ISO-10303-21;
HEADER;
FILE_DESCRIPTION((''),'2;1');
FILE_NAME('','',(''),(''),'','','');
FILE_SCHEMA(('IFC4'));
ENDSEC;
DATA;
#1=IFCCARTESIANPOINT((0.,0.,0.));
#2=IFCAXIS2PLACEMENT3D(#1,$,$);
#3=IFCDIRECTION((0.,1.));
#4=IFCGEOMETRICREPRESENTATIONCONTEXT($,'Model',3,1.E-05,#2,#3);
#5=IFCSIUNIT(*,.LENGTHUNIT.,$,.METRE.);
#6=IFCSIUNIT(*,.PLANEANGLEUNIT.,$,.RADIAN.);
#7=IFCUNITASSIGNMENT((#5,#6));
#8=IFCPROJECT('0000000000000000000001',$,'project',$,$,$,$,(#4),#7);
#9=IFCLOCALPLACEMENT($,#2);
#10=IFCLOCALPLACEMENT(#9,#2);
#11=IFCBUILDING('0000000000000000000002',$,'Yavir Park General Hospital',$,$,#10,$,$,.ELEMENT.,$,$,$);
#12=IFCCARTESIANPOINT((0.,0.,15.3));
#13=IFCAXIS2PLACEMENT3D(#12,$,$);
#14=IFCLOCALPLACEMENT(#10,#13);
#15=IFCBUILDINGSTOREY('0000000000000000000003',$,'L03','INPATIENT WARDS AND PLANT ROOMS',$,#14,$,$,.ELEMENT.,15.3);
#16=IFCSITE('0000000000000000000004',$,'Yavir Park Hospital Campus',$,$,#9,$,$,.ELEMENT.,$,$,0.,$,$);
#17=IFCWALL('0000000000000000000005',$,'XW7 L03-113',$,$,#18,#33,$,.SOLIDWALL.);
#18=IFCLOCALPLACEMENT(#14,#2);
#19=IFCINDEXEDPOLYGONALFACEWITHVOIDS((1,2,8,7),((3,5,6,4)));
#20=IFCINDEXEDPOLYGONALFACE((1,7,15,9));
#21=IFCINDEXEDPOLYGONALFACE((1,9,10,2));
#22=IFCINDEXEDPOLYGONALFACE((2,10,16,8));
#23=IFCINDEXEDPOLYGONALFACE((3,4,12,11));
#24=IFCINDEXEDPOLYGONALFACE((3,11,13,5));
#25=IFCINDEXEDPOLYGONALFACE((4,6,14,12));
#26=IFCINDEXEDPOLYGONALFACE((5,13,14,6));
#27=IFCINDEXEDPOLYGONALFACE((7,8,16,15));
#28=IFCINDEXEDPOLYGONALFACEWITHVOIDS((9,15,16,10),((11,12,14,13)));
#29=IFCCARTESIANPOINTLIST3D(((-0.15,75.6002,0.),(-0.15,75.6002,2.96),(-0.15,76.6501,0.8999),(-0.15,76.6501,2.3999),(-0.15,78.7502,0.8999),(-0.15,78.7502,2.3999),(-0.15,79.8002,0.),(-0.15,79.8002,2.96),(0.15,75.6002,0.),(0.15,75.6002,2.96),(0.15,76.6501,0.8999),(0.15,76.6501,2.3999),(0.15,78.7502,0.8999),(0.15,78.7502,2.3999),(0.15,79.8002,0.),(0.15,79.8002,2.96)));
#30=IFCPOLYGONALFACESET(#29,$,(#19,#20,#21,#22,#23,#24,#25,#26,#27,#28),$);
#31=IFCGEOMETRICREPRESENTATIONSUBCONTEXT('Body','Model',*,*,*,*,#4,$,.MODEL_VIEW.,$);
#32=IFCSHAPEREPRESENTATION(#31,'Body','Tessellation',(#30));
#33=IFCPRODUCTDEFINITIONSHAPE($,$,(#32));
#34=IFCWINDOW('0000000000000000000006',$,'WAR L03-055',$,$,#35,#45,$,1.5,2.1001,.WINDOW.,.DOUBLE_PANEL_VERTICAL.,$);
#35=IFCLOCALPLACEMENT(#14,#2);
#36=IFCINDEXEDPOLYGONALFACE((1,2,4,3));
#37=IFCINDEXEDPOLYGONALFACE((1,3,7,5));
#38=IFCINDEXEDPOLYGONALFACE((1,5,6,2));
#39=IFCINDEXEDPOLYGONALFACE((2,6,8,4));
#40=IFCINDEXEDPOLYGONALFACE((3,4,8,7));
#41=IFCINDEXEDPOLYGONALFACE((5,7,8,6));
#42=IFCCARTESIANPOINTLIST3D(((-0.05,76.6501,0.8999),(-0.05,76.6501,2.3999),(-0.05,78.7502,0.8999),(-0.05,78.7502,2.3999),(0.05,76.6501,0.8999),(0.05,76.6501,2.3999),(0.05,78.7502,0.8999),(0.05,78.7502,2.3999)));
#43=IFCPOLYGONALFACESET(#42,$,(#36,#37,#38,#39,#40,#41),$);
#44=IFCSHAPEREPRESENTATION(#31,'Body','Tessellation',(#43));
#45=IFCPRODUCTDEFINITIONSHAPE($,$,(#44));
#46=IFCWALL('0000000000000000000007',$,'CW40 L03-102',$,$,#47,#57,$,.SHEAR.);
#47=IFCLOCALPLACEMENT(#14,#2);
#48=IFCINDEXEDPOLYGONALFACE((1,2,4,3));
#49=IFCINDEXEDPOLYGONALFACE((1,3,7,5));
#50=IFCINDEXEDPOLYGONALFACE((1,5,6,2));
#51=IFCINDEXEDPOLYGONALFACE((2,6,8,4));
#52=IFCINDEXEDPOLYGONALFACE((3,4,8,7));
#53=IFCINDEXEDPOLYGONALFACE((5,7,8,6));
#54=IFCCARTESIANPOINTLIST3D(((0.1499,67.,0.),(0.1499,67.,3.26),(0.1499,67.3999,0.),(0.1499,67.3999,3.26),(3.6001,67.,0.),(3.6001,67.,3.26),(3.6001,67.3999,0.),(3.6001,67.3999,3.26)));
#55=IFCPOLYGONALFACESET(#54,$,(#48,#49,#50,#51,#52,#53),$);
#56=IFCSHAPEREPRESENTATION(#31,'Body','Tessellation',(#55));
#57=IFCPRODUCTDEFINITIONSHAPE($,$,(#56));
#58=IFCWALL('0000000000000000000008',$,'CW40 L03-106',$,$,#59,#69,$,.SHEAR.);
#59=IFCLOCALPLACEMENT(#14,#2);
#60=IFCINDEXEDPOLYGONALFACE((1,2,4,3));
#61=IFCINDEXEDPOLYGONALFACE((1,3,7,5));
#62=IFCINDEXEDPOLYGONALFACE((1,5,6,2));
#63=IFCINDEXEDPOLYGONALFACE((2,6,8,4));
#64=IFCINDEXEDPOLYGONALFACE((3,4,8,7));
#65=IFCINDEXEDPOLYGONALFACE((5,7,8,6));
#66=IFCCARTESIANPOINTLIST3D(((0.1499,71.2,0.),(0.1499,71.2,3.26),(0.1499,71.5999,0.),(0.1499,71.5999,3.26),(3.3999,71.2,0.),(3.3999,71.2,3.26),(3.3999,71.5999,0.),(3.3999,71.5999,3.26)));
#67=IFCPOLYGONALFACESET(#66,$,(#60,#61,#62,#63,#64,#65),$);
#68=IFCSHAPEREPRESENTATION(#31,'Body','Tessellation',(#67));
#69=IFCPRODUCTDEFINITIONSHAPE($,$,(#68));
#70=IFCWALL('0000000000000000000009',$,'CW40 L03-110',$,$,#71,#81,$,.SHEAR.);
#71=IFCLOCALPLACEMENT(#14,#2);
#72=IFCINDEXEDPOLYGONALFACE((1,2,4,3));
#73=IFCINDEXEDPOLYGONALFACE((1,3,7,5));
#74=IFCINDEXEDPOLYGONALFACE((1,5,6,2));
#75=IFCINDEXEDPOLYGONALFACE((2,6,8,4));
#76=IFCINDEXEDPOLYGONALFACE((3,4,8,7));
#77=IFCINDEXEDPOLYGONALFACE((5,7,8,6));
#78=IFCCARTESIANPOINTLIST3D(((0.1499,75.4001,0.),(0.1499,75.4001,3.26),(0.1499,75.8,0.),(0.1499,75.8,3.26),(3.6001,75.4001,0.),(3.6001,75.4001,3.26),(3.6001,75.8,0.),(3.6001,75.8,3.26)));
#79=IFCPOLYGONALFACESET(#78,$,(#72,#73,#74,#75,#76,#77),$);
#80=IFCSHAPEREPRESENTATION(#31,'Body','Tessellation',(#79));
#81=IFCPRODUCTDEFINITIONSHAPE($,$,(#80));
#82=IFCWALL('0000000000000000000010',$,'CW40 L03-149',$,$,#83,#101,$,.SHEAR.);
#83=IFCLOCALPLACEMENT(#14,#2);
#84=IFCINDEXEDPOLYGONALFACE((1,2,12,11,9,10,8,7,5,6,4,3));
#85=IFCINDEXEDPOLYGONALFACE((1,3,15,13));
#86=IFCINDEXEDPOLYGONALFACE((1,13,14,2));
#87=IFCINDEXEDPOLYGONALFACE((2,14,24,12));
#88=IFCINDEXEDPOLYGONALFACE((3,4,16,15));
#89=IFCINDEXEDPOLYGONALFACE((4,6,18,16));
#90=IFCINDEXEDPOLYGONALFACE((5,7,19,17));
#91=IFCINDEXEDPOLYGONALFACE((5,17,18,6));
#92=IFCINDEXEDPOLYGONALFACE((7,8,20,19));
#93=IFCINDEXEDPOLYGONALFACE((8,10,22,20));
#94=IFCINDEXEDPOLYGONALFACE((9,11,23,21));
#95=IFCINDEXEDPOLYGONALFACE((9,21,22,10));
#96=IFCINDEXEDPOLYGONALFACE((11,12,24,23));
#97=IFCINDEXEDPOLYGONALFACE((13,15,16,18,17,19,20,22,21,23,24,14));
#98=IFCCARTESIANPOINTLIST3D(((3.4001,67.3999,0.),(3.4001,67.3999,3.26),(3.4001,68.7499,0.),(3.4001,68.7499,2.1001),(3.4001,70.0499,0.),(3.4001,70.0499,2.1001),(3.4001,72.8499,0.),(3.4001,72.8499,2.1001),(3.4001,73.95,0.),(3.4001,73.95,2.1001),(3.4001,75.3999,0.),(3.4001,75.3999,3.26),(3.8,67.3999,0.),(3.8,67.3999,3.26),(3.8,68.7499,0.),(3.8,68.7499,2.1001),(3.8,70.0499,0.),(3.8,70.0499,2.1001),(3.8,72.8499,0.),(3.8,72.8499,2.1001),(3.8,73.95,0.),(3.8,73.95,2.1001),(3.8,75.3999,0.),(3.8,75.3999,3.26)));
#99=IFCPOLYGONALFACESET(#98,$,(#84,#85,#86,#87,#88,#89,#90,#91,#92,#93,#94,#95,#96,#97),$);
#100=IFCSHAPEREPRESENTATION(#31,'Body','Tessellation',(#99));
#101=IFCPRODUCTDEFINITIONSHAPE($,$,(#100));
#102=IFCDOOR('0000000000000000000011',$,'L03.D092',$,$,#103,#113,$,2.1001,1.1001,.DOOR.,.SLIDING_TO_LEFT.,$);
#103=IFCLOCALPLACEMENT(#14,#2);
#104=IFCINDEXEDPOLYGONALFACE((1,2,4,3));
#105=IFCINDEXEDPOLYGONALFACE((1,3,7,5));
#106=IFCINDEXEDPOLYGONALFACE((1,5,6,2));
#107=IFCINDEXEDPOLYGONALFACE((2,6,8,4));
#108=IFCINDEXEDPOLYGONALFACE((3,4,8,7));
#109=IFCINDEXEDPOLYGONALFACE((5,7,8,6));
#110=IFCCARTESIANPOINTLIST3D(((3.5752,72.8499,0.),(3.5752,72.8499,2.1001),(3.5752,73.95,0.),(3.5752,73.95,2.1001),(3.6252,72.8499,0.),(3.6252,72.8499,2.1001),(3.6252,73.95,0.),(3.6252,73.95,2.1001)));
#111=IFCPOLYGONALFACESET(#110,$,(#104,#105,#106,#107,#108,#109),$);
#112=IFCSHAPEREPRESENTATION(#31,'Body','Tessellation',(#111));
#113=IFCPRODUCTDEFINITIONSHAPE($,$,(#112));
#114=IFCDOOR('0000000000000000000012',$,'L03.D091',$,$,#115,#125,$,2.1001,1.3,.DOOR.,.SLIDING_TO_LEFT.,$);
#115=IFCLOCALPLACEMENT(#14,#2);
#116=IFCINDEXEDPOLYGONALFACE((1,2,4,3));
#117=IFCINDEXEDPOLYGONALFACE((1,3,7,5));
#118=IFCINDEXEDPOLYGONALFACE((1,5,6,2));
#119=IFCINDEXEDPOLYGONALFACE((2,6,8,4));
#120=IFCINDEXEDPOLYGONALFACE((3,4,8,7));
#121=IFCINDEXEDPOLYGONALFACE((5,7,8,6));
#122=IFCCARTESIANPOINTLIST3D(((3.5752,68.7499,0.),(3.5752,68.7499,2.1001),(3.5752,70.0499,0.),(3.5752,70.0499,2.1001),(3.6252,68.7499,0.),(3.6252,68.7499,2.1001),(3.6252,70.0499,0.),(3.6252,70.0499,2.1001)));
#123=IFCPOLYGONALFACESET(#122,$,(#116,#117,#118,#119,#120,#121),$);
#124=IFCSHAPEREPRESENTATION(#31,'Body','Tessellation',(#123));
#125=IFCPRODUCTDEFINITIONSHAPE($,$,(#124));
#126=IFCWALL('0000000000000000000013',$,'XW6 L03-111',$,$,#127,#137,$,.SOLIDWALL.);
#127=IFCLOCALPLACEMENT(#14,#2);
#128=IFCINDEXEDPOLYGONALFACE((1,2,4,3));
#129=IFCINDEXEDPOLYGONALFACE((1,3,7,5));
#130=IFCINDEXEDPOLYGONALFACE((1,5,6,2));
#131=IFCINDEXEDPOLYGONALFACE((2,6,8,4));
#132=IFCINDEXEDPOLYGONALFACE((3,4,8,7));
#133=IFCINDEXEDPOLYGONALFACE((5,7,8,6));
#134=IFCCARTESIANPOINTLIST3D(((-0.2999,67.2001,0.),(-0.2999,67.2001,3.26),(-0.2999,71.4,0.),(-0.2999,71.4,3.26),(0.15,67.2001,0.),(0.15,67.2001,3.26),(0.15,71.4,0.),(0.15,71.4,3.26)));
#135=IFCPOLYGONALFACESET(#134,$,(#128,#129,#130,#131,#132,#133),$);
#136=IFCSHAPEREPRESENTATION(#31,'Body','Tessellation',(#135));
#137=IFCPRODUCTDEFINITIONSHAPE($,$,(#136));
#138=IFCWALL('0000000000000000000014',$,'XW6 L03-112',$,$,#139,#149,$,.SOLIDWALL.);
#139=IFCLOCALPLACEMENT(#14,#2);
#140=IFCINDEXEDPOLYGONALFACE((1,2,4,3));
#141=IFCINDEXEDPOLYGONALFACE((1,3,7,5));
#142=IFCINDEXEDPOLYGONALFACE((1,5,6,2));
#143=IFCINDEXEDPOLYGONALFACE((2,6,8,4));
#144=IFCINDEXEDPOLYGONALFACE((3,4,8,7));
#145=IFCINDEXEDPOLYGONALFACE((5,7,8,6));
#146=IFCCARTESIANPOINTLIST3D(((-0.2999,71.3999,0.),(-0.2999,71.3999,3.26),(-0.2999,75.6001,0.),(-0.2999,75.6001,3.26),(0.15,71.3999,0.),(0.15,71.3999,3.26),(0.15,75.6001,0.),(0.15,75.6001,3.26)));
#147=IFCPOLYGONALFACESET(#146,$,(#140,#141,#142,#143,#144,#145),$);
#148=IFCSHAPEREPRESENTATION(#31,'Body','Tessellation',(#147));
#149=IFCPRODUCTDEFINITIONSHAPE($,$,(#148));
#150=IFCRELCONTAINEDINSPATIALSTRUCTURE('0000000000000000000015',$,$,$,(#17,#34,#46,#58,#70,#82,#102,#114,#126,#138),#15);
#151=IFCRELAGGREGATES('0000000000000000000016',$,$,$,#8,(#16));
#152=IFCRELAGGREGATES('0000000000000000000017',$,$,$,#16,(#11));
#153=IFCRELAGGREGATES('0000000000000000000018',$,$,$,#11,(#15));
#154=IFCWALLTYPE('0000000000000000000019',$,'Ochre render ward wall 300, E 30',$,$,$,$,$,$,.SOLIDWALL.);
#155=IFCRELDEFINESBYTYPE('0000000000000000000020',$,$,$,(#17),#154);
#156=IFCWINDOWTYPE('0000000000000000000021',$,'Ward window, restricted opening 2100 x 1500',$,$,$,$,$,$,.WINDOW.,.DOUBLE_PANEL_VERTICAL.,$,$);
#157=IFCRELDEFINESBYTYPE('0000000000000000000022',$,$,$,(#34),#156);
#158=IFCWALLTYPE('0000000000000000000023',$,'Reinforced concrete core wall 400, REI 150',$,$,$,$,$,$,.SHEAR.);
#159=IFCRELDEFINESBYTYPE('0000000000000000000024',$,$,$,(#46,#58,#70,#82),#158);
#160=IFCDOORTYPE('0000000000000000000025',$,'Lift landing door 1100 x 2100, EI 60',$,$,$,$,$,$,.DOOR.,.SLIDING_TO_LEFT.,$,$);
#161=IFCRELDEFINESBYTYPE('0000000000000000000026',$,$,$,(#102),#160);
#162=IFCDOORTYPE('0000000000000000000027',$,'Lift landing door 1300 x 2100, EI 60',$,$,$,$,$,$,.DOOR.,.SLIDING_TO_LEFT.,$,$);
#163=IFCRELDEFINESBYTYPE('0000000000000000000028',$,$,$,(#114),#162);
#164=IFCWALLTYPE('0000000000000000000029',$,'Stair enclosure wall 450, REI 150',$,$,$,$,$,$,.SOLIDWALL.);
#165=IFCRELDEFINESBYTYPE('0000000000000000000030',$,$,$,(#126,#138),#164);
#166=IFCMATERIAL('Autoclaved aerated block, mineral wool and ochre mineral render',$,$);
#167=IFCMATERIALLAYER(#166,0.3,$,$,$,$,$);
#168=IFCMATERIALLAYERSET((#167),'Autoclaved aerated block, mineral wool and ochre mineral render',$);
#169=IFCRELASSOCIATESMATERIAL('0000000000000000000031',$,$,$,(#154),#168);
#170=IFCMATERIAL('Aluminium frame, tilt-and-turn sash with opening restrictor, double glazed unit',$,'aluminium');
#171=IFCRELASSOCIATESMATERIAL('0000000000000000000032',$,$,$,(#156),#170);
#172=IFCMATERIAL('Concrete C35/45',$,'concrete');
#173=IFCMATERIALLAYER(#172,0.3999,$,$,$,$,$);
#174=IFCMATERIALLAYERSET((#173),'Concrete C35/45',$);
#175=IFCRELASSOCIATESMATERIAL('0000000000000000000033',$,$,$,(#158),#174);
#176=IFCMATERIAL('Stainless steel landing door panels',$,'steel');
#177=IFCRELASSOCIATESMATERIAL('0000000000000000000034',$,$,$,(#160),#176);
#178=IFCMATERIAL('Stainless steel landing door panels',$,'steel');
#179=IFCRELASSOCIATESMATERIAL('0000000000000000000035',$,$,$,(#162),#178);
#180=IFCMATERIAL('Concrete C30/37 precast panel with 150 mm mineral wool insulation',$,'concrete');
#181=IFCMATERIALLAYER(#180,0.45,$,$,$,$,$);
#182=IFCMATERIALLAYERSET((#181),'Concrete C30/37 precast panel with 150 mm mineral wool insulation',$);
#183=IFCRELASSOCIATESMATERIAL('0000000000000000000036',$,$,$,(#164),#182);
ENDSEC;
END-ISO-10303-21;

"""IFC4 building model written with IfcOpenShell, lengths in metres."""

from ifc_helpers import new_model, si_unit, direction, frame, frame_2d, origin, place, context, subcontext, project, spatial, rectangle, extrude, material, layer, layer_set, type_object, element, fill, save


model = new_model("IFC4")

# Units and contexts
model_context = context("Model", 3, precision=1e-05, world=origin(), true_north=direction((0.0, 1.0)))
body_context = subcontext(model_context, "Body", "Model", "MODEL_VIEW")
ifc_project = project(units=[si_unit("LENGTHUNIT", "METRE"), si_unit("PLANEANGLEUNIT", "RADIAN")], contexts=[model_context])

# Site, building, storey
site_placement = place(None, origin())
site = spatial("IfcSite", under=ifc_project, at=site_placement, Name="Yavir Park Hospital Campus", CompositionType="ELEMENT", RefElevation=0.0)
building_placement = place(site_placement, origin())
building = spatial("IfcBuilding", under=site, at=building_placement, Name="Yavir Park General Hospital", CompositionType="ELEMENT")
storey_placement = place(building_placement, frame((0.0, 0.0, 15.3)))
storey = spatial("IfcBuildingStorey", under=building, at=storey_placement, Name="L03", Description="INPATIENT WARDS AND PLANT ROOMS", CompositionType="ELEMENT", Elevation=15.3)

# Wall, opening, window
ifc_material_1 = material(Name="Autoclaved aerated block, mineral wool and ochre mineral render")
ifc_layer_1 = layer(ifc_material_1, 0.3)
ifc_layer_set_1 = layer_set([ifc_layer_1], Name="Autoclaved aerated block, mineral wool and ochre mineral render")
wall_type_1 = type_object("IfcWallType", Name="Ochre render ward wall 300, E 30", PredefinedType="SOLIDWALL", material=ifc_layer_set_1)
wall_1_placement = place(storey_placement, frame((0.0, 75.6001, 0.0), z_axis=(0.0, 0.0, 1.0), x_axis=(0.0, 1.0, 0.0)))
wall_1 = element("IfcWall", 1, at=wall_1_placement, inside=storey, type_object=wall_type_1, Name="XW7 L03-113", PredefinedType="SOLIDWALL", context=body_context, shape_type="SweptSolid", body=[
    extrude(rectangle(XDim=4.2, YDim=0.3, at=frame_2d((2.1001, 0.0))), origin(), (0.0, 0.0, 1.0), 2.96),
])
opening_1_placement = place(wall_1_placement, frame((1.05, 0.0, 0.8999)))
opening_1 = element("IfcOpeningElement", 2, at=opening_1_placement, cuts=wall_1, PredefinedType="OPENING", context=body_context, shape_type="SweptSolid", body=[
    extrude(rectangle(XDim=2.1001, YDim=1.5, at=frame_2d((1.05, 0.75))), frame((0.0, 0.1599, 0.0), z_axis=(0.0, -1.0, 0.0), x_axis=(1.0, 0.0, 0.0)), (0.0, 0.0, 1.0), 0.3201),
])
ifc_material_2 = material(Name="Aluminium frame, tilt-and-turn sash with opening restrictor, double glazed unit", Category="aluminium")
window_type = type_object("IfcWindowType", Name="Ward window, restricted opening 2100 x 1500", PartitioningType="DOUBLE_PANEL_VERTICAL", PredefinedType="WINDOW", material=ifc_material_2)
window_placement = place(opening_1_placement, origin())
window = element("IfcWindow", 3, at=window_placement, inside=storey, type_object=window_type, Name="WAR L03-055", OverallHeight=1.5, OverallWidth=2.1001, PartitioningType="DOUBLE_PANEL_VERTICAL", PredefinedType="WINDOW", context=body_context, shape_type="SweptSolid", body=[
    extrude(rectangle(XDim=2.1001, YDim=1.5, at=frame_2d((1.05, 0.75))), frame((0.0, 0.05, 0.0), z_axis=(0.0, -1.0, 0.0), x_axis=(1.0, 0.0, 0.0)), (0.0, 0.0, 1.0), 0.1001),
])
fill(opening_1, window)

# Walls
ifc_material_3 = material(Name="Concrete C35/45", Category="concrete")
ifc_layer_2 = layer(ifc_material_3, 0.3999)
ifc_layer_set_2 = layer_set([ifc_layer_2], Name="Concrete C35/45")
wall_type_2 = type_object("IfcWallType", Name="Reinforced concrete core wall 400, REI 150", PredefinedType="SHEAR", material=ifc_layer_set_2)
wall_2_placement = place(storey_placement, frame((0.1499, 67.2, 0.0), z_axis=(0.0, 0.0, 1.0), x_axis=(1.0, 0.0, 0.0)))
element("IfcWall", 4, at=wall_2_placement, inside=storey, type_object=wall_type_2, Name="CW40 L03-102", PredefinedType="SHEAR", context=body_context, shape_type="SweptSolid", body=[
    extrude(rectangle(XDim=3.4502, YDim=0.3999, at=frame_2d((1.7251, 0.0))), origin(), (0.0, 0.0, 1.0), 3.26),
])
wall_3_placement = place(storey_placement, frame((0.1499, 71.3999, 0.0), z_axis=(0.0, 0.0, 1.0), x_axis=(1.0, 0.0, 0.0)))
element("IfcWall", 5, at=wall_3_placement, inside=storey, type_object=wall_type_2, Name="CW40 L03-106", PredefinedType="SHEAR", context=body_context, shape_type="SweptSolid", body=[
    extrude(rectangle(XDim=3.25, YDim=0.3999, at=frame_2d((1.625, 0.0))), origin(), (0.0, 0.0, 1.0), 3.26),
])
wall_4_placement = place(storey_placement, frame((0.1499, 75.6001, 0.0), z_axis=(0.0, 0.0, 1.0), x_axis=(1.0, 0.0, 0.0)))
element("IfcWall", 6, at=wall_4_placement, inside=storey, type_object=wall_type_2, Name="CW40 L03-110", PredefinedType="SHEAR", context=body_context, shape_type="SweptSolid", body=[
    extrude(rectangle(XDim=3.4502, YDim=0.3999, at=frame_2d((1.7251, 0.0))), origin(), (0.0, 0.0, 1.0), 3.26),
])

# Wall, openings, doors
wall_5_placement = place(storey_placement, frame((3.6001, 67.3999, 0.0), z_axis=(0.0, 0.0, 1.0), x_axis=(0.0, 1.0, 0.0)))
wall_5 = element("IfcWall", 7, at=wall_5_placement, inside=storey, type_object=wall_type_2, Name="CW40 L03-149", PredefinedType="SHEAR", context=body_context, shape_type="SweptSolid", body=[
    extrude(rectangle(XDim=8.0, YDim=0.3999, at=frame_2d((4.0, 0.0))), origin(), (0.0, 0.0, 1.0), 3.26),
])
opening_2_placement = place(wall_5_placement, frame((1.3501, 0.0, 0.0)))
opening_2 = element("IfcOpeningElement", 8, at=opening_2_placement, cuts=wall_5, PredefinedType="OPENING", context=body_context, shape_type="SweptSolid", body=[
    extrude(rectangle(XDim=1.3, YDim=2.1001, at=frame_2d((0.6499, 1.05))), frame((0.0, 0.21, 0.0), z_axis=(0.0, -1.0, 0.0), x_axis=(1.0, 0.0, 0.0)), (0.0, 0.0, 1.0), 0.4199),
])
opening_3_placement = place(wall_5_placement, frame((5.45, 0.0, 0.0)))
opening_3 = element("IfcOpeningElement", 9, at=opening_3_placement, cuts=wall_5, PredefinedType="OPENING", context=body_context, shape_type="SweptSolid", body=[
    extrude(rectangle(XDim=1.1001, YDim=2.1001, at=frame_2d((0.55, 1.05))), frame((0.0, 0.21, 0.0), z_axis=(0.0, -1.0, 0.0), x_axis=(1.0, 0.0, 0.0)), (0.0, 0.0, 1.0), 0.4199),
])
ifc_material_4 = material(Name="Stainless steel landing door panels", Category="steel")
door_type_1 = type_object("IfcDoorType", Name="Lift landing door 1100 x 2100, EI 60", OperationType="SLIDING_TO_LEFT", PredefinedType="DOOR", material=ifc_material_4)
door_1_placement = place(opening_3_placement, origin())
door_1 = element("IfcDoor", 10, at=door_1_placement, inside=storey, type_object=door_type_1, Name="L03.D092", OperationType="SLIDING_TO_LEFT", OverallHeight=2.1001, OverallWidth=1.1001, PredefinedType="DOOR", context=body_context, shape_type="SweptSolid", body=[
    extrude(rectangle(XDim=1.1001, YDim=2.1001, at=frame_2d((0.55, 1.05))), frame((0.0, 0.0249, 0.0), z_axis=(0.0, -1.0, 0.0), x_axis=(1.0, 0.0, 0.0)), (0.0, 0.0, 1.0), 0.05),
])
fill(opening_3, door_1)
ifc_material_5 = material(Name="Stainless steel landing door panels", Category="steel")
door_type_2 = type_object("IfcDoorType", Name="Lift landing door 1300 x 2100, EI 60", OperationType="SLIDING_TO_LEFT", PredefinedType="DOOR", material=ifc_material_5)
door_2_placement = place(opening_2_placement, origin())
door_2 = element("IfcDoor", 11, at=door_2_placement, inside=storey, type_object=door_type_2, Name="L03.D091", OperationType="SLIDING_TO_LEFT", OverallHeight=2.1001, OverallWidth=1.3, PredefinedType="DOOR", context=body_context, shape_type="SweptSolid", body=[
    extrude(rectangle(XDim=1.3, YDim=2.1001, at=frame_2d((0.6499, 1.05))), frame((0.0, 0.0249, 0.0), z_axis=(0.0, -1.0, 0.0), x_axis=(1.0, 0.0, 0.0)), (0.0, 0.0, 1.0), 0.05),
])
fill(opening_2, door_2)

# Walls
ifc_material_6 = material(Name="Concrete C30/37 precast panel with 150 mm mineral wool insulation", Category="concrete")
ifc_layer_3 = layer(ifc_material_6, 0.45)
ifc_layer_set_3 = layer_set([ifc_layer_3], Name="Concrete C30/37 precast panel with 150 mm mineral wool insulation")
wall_type_3 = type_object("IfcWallType", Name="Stair enclosure wall 450, REI 150", PredefinedType="SOLIDWALL", material=ifc_layer_set_3)
wall_6_placement = place(storey_placement, frame((-0.075, 67.2, 0.0), z_axis=(0.0, 0.0, 1.0), x_axis=(0.0, 1.0, 0.0)))
element("IfcWall", 12, at=wall_6_placement, inside=storey, type_object=wall_type_3, Name="XW6 L03-111", PredefinedType="SOLIDWALL", context=body_context, shape_type="SweptSolid", body=[
    extrude(rectangle(XDim=4.2, YDim=0.45, at=frame_2d((2.1001, 0.0))), origin(), (0.0, 0.0, 1.0), 3.26),
])
wall_7_placement = place(storey_placement, frame((-0.075, 71.3999, 0.0), z_axis=(0.0, 0.0, 1.0), x_axis=(0.0, 1.0, 0.0)))
element("IfcWall", 13, at=wall_7_placement, inside=storey, type_object=wall_type_3, Name="XW6 L03-112", PredefinedType="SOLIDWALL", context=body_context, shape_type="SweptSolid", body=[
    extrude(rectangle(XDim=4.2002, YDim=0.45, at=frame_2d((2.1001, 0.0))), origin(), (0.0, 0.0, 1.0), 3.26),
])

save(model, "model.ifc")
